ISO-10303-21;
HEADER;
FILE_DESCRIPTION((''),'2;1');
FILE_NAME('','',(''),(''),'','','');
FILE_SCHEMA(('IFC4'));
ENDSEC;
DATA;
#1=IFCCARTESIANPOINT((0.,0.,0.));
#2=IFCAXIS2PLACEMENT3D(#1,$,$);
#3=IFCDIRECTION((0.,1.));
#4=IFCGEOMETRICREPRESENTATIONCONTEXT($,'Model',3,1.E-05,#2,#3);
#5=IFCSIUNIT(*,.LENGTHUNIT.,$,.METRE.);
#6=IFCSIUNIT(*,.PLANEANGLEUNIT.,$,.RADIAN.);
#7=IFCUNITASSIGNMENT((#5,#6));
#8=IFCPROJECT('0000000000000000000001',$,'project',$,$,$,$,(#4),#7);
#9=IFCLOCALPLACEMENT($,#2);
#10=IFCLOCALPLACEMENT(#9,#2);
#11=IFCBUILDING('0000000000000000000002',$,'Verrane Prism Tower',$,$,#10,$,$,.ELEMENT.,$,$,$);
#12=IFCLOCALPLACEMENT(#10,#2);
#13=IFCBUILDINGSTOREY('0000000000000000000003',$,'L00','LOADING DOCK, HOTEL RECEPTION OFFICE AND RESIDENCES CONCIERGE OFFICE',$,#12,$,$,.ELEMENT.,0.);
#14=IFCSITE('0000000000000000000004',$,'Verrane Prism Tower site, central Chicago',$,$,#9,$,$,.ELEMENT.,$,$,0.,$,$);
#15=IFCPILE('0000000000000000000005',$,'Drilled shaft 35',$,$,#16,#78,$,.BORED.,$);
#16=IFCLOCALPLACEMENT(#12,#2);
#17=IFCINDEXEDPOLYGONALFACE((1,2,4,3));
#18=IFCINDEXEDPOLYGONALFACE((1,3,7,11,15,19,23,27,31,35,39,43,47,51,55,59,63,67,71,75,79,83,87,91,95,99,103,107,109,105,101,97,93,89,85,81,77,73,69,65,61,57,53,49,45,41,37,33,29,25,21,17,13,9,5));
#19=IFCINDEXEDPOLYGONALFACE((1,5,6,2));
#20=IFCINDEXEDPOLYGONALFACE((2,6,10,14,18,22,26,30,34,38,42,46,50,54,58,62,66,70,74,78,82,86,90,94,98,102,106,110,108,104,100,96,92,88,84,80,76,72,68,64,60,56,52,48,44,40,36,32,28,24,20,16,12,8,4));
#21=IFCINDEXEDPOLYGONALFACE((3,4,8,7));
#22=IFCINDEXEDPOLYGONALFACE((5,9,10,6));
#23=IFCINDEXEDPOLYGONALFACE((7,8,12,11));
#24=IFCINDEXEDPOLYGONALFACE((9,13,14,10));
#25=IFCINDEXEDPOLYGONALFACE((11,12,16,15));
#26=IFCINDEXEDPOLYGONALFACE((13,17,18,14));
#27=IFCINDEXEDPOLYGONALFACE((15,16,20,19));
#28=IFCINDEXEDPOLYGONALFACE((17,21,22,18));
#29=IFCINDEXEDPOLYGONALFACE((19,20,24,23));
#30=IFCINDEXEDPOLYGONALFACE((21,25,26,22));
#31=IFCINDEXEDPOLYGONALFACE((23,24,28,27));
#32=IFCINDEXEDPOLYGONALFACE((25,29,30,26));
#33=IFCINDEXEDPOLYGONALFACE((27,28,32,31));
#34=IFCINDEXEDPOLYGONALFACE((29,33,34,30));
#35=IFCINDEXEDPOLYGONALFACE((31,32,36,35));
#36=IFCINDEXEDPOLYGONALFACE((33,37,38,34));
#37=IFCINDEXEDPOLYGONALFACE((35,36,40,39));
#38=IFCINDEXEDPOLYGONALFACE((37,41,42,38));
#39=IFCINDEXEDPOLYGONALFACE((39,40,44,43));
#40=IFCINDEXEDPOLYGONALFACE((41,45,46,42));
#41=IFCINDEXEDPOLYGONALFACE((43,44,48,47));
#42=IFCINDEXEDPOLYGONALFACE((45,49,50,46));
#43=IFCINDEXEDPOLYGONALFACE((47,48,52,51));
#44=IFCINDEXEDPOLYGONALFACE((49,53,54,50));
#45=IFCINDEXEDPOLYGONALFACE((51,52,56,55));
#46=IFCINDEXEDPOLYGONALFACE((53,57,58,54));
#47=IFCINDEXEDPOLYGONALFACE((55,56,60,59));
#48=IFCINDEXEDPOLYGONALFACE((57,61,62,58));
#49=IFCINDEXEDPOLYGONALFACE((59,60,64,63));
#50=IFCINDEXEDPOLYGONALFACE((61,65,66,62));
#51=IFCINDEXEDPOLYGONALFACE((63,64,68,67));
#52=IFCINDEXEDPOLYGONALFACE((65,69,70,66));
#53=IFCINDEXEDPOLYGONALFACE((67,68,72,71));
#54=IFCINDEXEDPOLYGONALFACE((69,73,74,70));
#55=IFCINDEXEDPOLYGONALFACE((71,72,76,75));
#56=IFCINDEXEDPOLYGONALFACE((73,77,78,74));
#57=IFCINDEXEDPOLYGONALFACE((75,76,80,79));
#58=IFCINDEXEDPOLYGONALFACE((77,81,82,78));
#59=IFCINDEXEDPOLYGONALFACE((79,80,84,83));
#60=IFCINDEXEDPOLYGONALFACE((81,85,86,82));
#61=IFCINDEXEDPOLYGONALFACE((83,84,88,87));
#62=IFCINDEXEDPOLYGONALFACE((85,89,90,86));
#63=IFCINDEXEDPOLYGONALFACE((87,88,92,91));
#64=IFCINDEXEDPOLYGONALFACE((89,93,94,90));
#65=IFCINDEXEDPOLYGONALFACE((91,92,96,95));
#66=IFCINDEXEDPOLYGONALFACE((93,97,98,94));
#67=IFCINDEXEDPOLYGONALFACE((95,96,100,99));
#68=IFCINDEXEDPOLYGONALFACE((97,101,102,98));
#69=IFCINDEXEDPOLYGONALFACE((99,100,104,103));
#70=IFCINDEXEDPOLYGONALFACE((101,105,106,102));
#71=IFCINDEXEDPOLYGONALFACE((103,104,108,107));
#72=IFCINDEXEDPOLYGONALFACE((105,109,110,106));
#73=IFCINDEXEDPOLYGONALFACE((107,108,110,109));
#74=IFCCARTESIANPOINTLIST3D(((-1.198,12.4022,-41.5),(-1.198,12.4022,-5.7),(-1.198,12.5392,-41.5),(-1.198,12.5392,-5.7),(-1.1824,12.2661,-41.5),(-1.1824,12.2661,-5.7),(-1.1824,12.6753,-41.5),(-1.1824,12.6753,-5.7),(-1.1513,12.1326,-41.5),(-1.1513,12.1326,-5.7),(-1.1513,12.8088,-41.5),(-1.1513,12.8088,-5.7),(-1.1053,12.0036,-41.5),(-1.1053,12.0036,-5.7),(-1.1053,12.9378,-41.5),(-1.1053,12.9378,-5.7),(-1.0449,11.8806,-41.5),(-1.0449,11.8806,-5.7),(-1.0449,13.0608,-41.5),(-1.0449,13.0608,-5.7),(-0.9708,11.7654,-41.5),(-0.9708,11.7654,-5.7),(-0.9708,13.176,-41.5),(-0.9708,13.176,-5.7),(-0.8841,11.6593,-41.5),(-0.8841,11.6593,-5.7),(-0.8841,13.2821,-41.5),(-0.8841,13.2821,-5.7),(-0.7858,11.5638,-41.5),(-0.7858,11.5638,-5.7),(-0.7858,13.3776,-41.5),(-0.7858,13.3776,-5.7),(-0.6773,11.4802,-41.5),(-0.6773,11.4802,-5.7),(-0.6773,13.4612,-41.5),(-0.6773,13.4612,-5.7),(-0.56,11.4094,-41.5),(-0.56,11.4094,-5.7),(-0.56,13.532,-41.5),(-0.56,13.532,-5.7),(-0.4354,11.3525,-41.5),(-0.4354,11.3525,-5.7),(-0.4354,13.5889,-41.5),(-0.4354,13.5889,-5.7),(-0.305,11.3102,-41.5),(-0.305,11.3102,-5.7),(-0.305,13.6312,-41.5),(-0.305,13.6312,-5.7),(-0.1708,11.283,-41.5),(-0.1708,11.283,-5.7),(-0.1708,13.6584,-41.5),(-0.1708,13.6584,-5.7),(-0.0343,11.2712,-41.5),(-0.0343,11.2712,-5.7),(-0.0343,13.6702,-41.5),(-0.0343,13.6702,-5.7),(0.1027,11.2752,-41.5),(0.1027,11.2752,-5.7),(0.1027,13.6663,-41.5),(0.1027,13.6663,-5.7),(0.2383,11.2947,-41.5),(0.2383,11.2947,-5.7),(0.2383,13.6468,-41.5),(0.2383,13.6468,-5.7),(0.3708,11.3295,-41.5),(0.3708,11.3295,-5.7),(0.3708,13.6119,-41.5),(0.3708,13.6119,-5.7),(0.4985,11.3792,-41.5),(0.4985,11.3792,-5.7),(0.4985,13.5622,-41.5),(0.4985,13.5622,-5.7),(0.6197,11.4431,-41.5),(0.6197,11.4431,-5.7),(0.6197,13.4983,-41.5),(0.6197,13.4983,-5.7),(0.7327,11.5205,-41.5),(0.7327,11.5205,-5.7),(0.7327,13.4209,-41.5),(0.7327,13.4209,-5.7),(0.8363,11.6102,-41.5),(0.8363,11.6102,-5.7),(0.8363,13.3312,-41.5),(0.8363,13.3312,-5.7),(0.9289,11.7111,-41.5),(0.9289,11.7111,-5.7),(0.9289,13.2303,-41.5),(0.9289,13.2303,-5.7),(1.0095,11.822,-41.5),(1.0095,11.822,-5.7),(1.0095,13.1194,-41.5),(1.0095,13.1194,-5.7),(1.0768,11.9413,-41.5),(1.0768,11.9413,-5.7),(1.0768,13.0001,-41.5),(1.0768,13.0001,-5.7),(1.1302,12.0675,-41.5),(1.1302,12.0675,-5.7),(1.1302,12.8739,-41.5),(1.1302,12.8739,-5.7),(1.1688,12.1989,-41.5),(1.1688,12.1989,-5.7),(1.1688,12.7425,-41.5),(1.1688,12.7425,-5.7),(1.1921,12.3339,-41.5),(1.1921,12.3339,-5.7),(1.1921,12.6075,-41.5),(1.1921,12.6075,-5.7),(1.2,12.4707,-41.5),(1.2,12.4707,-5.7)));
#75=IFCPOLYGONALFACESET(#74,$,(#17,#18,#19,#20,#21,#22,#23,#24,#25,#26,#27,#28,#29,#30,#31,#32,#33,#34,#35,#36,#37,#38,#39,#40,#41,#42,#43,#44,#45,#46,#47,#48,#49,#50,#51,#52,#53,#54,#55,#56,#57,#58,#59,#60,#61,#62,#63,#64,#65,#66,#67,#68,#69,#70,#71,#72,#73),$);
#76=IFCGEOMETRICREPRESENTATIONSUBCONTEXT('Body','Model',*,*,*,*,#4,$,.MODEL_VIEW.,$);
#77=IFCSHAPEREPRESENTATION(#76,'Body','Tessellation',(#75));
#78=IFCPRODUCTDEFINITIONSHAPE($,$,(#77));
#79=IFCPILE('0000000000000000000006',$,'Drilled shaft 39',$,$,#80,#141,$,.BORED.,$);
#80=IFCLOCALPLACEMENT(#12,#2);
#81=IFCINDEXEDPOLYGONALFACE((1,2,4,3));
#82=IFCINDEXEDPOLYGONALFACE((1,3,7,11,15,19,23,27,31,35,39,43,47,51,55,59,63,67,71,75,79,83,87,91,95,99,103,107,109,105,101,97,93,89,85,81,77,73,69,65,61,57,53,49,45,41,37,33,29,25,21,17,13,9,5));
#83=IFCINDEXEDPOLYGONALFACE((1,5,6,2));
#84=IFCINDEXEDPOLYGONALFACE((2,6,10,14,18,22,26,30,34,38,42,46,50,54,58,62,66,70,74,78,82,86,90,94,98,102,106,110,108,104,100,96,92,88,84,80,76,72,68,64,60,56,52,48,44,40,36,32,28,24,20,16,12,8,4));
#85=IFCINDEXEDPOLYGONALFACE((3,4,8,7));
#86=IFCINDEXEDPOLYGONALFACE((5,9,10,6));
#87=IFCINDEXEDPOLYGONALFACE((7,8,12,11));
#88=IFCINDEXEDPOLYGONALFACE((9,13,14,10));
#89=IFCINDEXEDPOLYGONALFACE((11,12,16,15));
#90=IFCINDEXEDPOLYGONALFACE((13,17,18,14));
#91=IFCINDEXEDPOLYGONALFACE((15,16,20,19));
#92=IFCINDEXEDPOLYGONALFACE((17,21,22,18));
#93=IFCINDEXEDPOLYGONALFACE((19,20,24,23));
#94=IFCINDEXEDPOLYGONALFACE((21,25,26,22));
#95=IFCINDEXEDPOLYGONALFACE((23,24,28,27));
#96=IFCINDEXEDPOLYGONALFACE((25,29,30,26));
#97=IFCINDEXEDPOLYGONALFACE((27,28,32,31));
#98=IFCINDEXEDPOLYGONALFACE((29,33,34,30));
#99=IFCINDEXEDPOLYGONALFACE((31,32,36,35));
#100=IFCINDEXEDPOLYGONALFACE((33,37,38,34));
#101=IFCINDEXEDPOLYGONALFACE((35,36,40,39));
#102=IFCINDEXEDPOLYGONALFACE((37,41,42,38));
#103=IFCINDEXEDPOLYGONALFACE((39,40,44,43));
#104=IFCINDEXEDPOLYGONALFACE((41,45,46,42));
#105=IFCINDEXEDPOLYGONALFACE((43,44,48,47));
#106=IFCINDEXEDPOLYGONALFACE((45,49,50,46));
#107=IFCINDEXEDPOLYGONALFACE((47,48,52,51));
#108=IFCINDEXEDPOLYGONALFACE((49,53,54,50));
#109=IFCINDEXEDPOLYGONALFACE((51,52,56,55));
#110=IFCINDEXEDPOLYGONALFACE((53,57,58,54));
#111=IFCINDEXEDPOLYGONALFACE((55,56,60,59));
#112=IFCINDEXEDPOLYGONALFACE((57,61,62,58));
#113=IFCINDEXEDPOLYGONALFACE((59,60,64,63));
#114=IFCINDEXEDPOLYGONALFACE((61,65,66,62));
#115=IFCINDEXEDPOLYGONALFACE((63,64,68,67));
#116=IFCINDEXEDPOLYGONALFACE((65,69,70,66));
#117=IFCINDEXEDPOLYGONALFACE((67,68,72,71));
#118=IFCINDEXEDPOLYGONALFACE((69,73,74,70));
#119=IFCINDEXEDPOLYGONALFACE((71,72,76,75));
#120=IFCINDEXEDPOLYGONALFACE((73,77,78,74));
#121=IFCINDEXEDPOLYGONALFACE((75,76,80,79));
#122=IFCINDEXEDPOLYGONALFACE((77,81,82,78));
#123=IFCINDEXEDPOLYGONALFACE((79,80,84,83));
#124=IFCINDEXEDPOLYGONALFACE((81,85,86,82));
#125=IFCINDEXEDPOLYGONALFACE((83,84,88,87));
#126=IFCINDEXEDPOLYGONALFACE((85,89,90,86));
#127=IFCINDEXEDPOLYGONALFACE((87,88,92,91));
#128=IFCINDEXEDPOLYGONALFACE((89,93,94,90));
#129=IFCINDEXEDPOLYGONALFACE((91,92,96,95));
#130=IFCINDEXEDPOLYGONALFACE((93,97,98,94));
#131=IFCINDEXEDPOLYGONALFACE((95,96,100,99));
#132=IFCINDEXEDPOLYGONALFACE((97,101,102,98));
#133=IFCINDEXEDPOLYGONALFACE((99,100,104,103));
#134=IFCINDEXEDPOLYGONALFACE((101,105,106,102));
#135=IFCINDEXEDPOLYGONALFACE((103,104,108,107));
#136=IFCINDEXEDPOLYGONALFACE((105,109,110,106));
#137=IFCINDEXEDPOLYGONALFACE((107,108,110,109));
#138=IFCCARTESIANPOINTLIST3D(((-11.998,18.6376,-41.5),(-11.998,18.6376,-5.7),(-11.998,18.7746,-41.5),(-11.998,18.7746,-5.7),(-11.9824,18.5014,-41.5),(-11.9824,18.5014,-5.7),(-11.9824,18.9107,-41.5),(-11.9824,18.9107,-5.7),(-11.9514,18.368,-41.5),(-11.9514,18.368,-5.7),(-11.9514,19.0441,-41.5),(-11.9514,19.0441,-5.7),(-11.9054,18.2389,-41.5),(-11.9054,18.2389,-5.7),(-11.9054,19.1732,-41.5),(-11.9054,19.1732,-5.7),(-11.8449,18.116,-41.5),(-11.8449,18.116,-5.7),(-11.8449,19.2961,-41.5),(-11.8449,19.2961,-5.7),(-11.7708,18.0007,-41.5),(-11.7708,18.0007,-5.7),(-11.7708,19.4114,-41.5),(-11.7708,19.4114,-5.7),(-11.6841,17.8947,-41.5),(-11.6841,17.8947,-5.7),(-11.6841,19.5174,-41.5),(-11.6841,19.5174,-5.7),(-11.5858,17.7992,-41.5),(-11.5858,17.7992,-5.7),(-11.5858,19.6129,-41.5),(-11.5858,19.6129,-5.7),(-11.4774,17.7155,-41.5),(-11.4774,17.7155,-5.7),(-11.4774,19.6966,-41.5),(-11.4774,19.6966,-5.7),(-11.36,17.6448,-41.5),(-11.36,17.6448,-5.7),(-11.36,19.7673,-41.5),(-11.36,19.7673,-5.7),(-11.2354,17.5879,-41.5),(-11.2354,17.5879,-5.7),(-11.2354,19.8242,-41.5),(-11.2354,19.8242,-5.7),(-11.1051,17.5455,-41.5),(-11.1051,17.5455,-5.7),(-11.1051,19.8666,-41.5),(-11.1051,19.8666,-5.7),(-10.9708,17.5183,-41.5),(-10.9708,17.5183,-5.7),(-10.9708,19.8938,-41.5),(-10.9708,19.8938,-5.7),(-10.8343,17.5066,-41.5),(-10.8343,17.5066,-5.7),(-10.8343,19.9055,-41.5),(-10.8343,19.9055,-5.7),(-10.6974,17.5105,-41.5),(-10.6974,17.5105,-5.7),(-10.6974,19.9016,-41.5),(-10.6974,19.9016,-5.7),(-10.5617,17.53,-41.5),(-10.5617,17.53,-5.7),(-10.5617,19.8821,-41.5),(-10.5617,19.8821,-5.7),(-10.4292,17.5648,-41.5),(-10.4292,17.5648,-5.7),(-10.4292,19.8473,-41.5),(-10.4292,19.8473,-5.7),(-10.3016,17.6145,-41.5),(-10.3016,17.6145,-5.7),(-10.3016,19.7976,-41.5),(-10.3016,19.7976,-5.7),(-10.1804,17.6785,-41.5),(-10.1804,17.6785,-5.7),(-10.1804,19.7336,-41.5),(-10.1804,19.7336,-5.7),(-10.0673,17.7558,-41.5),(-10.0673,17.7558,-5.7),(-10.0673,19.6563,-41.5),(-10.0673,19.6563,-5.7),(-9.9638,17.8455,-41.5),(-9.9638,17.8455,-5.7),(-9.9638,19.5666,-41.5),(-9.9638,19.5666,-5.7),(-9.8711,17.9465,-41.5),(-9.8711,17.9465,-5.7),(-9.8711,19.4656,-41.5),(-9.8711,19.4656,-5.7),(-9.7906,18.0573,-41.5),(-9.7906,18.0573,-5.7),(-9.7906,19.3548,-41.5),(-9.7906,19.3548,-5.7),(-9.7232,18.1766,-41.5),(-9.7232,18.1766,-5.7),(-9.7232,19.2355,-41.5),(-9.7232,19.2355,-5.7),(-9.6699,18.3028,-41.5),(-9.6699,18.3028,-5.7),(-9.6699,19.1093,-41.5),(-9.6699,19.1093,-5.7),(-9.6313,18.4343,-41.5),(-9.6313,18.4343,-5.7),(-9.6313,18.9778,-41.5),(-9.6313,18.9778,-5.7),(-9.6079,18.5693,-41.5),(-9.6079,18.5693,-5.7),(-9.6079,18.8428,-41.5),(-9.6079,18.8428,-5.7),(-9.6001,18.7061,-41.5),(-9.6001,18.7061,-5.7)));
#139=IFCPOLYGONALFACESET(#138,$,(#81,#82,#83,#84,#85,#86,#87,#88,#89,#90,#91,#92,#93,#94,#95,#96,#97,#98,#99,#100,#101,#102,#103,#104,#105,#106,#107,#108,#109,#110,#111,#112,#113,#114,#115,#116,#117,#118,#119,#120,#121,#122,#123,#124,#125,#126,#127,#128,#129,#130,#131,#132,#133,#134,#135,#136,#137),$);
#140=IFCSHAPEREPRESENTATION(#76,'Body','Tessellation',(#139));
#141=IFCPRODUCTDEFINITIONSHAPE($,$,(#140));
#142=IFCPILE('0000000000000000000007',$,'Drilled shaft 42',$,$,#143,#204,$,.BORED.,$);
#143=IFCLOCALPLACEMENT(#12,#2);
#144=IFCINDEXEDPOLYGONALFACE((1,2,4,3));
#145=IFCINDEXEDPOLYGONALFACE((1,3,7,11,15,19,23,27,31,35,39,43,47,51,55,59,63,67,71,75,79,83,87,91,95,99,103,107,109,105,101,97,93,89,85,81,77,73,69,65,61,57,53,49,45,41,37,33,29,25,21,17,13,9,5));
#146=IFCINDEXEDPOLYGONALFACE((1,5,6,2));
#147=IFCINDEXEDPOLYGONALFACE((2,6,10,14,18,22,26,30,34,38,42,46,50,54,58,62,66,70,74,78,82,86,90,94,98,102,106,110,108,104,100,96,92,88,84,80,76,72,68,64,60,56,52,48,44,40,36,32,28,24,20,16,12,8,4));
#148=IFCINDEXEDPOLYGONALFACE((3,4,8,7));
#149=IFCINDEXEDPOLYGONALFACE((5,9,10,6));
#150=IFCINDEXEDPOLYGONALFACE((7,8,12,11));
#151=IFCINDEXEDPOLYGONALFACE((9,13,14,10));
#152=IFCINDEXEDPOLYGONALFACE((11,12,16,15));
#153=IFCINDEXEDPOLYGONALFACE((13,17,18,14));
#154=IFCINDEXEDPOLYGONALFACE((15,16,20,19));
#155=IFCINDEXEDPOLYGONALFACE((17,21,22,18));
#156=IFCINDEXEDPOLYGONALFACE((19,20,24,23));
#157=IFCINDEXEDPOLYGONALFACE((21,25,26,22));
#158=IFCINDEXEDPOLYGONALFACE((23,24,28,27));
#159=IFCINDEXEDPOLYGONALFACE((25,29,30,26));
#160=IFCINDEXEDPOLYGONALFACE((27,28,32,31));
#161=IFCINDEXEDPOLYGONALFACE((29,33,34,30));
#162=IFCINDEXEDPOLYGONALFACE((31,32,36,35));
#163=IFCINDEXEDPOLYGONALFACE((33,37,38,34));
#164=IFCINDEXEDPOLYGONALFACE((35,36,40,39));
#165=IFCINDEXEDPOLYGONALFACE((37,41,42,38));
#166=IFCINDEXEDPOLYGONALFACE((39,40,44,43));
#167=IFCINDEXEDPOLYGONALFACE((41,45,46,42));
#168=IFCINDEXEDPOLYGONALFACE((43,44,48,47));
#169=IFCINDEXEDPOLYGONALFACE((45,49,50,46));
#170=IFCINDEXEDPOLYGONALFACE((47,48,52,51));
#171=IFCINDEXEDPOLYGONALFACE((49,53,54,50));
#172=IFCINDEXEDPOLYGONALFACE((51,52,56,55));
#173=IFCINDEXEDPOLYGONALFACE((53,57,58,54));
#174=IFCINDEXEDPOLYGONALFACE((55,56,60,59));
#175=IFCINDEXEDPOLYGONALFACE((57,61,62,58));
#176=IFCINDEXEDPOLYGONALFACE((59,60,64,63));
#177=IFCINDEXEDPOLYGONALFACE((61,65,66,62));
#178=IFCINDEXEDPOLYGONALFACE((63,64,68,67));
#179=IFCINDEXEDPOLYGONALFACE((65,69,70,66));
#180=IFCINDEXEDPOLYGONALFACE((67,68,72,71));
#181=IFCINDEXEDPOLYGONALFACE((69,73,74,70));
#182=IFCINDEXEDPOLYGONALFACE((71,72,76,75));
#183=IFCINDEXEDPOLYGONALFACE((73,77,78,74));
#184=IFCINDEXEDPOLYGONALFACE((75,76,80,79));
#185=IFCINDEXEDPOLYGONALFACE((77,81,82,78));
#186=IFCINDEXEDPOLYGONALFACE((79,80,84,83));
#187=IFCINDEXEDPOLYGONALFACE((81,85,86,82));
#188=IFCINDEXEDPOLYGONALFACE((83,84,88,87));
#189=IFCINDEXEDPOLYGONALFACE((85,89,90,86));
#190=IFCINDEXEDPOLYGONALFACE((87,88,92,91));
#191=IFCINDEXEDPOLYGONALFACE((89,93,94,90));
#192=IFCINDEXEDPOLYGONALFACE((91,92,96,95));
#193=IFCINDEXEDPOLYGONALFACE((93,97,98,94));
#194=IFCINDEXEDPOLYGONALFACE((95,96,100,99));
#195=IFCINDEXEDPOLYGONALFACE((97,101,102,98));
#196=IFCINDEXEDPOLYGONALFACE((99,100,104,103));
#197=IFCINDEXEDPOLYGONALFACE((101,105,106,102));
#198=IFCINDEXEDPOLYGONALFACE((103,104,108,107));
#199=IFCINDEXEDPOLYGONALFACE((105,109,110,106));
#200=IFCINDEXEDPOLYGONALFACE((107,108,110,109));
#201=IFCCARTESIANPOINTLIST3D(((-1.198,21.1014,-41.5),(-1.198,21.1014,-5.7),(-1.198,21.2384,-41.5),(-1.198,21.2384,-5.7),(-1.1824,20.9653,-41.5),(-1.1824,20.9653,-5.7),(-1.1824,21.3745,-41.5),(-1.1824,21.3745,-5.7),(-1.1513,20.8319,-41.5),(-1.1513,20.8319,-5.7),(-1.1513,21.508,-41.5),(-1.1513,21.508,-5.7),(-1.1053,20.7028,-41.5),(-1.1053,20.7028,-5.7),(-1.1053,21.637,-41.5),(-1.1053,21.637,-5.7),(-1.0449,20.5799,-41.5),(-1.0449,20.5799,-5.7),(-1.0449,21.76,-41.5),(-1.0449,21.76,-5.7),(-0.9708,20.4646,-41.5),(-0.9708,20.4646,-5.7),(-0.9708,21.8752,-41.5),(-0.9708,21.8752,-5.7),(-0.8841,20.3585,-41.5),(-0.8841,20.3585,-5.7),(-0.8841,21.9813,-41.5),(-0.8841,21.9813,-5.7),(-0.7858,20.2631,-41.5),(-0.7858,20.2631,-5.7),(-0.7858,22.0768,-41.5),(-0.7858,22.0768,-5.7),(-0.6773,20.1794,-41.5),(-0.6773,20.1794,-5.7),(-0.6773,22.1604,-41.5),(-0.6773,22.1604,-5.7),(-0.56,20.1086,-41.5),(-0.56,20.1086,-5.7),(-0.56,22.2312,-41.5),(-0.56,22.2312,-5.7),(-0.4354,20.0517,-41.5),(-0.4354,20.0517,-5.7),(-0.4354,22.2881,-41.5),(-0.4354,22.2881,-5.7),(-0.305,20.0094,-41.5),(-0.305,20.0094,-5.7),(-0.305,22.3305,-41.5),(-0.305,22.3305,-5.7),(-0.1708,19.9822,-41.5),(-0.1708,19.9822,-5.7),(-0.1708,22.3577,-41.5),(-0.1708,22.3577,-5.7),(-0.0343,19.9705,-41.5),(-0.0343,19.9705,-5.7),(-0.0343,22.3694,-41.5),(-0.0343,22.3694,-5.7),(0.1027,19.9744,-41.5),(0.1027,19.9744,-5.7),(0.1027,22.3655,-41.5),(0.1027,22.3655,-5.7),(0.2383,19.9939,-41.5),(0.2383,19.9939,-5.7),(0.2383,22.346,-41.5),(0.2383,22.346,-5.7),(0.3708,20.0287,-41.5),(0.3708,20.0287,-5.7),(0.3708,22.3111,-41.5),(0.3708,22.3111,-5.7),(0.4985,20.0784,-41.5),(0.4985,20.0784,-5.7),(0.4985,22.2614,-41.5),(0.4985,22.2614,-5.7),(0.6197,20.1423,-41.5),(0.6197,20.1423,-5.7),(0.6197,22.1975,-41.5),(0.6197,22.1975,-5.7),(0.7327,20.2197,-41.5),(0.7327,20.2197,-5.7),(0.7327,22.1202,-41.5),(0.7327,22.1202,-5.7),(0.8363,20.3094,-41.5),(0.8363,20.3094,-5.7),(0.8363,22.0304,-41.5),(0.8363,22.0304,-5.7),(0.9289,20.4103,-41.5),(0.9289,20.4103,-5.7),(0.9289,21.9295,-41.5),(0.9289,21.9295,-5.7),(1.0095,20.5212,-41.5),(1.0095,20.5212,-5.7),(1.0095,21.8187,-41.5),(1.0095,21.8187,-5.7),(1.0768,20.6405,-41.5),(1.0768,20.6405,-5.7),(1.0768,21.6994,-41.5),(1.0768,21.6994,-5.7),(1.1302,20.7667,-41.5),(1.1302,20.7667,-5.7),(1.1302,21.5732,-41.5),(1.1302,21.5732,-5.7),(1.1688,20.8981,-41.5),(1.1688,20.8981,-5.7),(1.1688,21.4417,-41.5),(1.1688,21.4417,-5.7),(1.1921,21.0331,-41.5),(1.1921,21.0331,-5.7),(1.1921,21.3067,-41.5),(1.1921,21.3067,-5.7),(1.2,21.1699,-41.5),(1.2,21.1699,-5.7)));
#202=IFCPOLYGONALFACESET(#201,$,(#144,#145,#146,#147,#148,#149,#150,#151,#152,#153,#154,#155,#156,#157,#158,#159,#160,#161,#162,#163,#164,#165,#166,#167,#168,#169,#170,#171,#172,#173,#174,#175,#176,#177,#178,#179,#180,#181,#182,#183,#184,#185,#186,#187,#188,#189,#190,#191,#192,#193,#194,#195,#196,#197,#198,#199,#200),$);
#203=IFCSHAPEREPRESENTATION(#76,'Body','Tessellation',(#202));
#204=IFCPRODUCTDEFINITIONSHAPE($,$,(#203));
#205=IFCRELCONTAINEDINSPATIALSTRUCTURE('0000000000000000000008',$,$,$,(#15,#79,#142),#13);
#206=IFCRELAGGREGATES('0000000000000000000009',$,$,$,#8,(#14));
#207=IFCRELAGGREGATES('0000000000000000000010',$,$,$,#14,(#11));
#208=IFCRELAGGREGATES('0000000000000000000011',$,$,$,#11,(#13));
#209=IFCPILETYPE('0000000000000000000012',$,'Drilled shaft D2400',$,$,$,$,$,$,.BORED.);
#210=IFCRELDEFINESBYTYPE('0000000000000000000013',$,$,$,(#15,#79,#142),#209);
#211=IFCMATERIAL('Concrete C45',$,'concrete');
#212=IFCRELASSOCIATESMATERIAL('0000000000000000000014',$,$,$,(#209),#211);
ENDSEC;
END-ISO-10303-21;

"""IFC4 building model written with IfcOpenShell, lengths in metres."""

from ifc_helpers import new_model, si_unit, direction, frame, origin, origin_2d, place, context, subcontext, project, spatial, circle, extrude, material, type_object, element, save


model = new_model("IFC4")

# Units and contexts
model_context = context("Model", 3, precision=1e-05, world=origin(), true_north=direction((0.0, 1.0)))
body_context = subcontext(model_context, "Body", "Model", "MODEL_VIEW")
ifc_project = project(units=[si_unit("LENGTHUNIT", "METRE"), si_unit("PLANEANGLEUNIT", "RADIAN")], contexts=[model_context])

# Site, building, storey
site_placement = place(None, origin())
site = spatial("IfcSite", under=ifc_project, at=site_placement, Name="Verrane Prism Tower site, central Chicago", CompositionType="ELEMENT", RefElevation=0.0)
building_placement = place(site_placement, origin())
building = spatial("IfcBuilding", under=site, at=building_placement, Name="Verrane Prism Tower", CompositionType="ELEMENT")
storey_placement = place(building_placement, origin())
storey = spatial("IfcBuildingStorey", under=building, at=storey_placement, Name="L00", Description="LOADING DOCK, HOTEL RECEPTION OFFICE AND RESIDENCES CONCIERGE OFFICE", CompositionType="ELEMENT", Elevation=0.0)

# Piles
ifc_material_1 = material(Name="Concrete C45", Category="concrete")
pile_type = type_object("IfcPileType", Name="Drilled shaft D2400", PredefinedType="BORED", material=ifc_material_1)
for number, where, z_axis, x_axis, name in (
    (1, (0.0, 12.4707, -5.7), (0.0, 0.0, -1.0), (1.0, 0.0, 0.0), "Drilled shaft 35"),
    (2, (-10.8, 18.7061, -5.7), (0.0, 0.0, -1.0), (1.0, 0.0, 0.0), "Drilled shaft 39"),
    (3, (0.0, 21.1699, -5.7), (0.0, 0.0, -1.0), (1.0, 0.0, 0.0), "Drilled shaft 42"),
):
    element("IfcPile", number, at=place(storey_placement, frame(where, z_axis=z_axis, x_axis=x_axis)), inside=storey, type_object=pile_type, Name=name, PredefinedType="BORED", context=body_context, shape_type="SweptSolid", body=[
        extrude(circle(Radius=1.2, at=origin_2d()), origin(), (0.0, 0.0, 1.0), 35.8),
    ])

save(model, "model.ifc")
